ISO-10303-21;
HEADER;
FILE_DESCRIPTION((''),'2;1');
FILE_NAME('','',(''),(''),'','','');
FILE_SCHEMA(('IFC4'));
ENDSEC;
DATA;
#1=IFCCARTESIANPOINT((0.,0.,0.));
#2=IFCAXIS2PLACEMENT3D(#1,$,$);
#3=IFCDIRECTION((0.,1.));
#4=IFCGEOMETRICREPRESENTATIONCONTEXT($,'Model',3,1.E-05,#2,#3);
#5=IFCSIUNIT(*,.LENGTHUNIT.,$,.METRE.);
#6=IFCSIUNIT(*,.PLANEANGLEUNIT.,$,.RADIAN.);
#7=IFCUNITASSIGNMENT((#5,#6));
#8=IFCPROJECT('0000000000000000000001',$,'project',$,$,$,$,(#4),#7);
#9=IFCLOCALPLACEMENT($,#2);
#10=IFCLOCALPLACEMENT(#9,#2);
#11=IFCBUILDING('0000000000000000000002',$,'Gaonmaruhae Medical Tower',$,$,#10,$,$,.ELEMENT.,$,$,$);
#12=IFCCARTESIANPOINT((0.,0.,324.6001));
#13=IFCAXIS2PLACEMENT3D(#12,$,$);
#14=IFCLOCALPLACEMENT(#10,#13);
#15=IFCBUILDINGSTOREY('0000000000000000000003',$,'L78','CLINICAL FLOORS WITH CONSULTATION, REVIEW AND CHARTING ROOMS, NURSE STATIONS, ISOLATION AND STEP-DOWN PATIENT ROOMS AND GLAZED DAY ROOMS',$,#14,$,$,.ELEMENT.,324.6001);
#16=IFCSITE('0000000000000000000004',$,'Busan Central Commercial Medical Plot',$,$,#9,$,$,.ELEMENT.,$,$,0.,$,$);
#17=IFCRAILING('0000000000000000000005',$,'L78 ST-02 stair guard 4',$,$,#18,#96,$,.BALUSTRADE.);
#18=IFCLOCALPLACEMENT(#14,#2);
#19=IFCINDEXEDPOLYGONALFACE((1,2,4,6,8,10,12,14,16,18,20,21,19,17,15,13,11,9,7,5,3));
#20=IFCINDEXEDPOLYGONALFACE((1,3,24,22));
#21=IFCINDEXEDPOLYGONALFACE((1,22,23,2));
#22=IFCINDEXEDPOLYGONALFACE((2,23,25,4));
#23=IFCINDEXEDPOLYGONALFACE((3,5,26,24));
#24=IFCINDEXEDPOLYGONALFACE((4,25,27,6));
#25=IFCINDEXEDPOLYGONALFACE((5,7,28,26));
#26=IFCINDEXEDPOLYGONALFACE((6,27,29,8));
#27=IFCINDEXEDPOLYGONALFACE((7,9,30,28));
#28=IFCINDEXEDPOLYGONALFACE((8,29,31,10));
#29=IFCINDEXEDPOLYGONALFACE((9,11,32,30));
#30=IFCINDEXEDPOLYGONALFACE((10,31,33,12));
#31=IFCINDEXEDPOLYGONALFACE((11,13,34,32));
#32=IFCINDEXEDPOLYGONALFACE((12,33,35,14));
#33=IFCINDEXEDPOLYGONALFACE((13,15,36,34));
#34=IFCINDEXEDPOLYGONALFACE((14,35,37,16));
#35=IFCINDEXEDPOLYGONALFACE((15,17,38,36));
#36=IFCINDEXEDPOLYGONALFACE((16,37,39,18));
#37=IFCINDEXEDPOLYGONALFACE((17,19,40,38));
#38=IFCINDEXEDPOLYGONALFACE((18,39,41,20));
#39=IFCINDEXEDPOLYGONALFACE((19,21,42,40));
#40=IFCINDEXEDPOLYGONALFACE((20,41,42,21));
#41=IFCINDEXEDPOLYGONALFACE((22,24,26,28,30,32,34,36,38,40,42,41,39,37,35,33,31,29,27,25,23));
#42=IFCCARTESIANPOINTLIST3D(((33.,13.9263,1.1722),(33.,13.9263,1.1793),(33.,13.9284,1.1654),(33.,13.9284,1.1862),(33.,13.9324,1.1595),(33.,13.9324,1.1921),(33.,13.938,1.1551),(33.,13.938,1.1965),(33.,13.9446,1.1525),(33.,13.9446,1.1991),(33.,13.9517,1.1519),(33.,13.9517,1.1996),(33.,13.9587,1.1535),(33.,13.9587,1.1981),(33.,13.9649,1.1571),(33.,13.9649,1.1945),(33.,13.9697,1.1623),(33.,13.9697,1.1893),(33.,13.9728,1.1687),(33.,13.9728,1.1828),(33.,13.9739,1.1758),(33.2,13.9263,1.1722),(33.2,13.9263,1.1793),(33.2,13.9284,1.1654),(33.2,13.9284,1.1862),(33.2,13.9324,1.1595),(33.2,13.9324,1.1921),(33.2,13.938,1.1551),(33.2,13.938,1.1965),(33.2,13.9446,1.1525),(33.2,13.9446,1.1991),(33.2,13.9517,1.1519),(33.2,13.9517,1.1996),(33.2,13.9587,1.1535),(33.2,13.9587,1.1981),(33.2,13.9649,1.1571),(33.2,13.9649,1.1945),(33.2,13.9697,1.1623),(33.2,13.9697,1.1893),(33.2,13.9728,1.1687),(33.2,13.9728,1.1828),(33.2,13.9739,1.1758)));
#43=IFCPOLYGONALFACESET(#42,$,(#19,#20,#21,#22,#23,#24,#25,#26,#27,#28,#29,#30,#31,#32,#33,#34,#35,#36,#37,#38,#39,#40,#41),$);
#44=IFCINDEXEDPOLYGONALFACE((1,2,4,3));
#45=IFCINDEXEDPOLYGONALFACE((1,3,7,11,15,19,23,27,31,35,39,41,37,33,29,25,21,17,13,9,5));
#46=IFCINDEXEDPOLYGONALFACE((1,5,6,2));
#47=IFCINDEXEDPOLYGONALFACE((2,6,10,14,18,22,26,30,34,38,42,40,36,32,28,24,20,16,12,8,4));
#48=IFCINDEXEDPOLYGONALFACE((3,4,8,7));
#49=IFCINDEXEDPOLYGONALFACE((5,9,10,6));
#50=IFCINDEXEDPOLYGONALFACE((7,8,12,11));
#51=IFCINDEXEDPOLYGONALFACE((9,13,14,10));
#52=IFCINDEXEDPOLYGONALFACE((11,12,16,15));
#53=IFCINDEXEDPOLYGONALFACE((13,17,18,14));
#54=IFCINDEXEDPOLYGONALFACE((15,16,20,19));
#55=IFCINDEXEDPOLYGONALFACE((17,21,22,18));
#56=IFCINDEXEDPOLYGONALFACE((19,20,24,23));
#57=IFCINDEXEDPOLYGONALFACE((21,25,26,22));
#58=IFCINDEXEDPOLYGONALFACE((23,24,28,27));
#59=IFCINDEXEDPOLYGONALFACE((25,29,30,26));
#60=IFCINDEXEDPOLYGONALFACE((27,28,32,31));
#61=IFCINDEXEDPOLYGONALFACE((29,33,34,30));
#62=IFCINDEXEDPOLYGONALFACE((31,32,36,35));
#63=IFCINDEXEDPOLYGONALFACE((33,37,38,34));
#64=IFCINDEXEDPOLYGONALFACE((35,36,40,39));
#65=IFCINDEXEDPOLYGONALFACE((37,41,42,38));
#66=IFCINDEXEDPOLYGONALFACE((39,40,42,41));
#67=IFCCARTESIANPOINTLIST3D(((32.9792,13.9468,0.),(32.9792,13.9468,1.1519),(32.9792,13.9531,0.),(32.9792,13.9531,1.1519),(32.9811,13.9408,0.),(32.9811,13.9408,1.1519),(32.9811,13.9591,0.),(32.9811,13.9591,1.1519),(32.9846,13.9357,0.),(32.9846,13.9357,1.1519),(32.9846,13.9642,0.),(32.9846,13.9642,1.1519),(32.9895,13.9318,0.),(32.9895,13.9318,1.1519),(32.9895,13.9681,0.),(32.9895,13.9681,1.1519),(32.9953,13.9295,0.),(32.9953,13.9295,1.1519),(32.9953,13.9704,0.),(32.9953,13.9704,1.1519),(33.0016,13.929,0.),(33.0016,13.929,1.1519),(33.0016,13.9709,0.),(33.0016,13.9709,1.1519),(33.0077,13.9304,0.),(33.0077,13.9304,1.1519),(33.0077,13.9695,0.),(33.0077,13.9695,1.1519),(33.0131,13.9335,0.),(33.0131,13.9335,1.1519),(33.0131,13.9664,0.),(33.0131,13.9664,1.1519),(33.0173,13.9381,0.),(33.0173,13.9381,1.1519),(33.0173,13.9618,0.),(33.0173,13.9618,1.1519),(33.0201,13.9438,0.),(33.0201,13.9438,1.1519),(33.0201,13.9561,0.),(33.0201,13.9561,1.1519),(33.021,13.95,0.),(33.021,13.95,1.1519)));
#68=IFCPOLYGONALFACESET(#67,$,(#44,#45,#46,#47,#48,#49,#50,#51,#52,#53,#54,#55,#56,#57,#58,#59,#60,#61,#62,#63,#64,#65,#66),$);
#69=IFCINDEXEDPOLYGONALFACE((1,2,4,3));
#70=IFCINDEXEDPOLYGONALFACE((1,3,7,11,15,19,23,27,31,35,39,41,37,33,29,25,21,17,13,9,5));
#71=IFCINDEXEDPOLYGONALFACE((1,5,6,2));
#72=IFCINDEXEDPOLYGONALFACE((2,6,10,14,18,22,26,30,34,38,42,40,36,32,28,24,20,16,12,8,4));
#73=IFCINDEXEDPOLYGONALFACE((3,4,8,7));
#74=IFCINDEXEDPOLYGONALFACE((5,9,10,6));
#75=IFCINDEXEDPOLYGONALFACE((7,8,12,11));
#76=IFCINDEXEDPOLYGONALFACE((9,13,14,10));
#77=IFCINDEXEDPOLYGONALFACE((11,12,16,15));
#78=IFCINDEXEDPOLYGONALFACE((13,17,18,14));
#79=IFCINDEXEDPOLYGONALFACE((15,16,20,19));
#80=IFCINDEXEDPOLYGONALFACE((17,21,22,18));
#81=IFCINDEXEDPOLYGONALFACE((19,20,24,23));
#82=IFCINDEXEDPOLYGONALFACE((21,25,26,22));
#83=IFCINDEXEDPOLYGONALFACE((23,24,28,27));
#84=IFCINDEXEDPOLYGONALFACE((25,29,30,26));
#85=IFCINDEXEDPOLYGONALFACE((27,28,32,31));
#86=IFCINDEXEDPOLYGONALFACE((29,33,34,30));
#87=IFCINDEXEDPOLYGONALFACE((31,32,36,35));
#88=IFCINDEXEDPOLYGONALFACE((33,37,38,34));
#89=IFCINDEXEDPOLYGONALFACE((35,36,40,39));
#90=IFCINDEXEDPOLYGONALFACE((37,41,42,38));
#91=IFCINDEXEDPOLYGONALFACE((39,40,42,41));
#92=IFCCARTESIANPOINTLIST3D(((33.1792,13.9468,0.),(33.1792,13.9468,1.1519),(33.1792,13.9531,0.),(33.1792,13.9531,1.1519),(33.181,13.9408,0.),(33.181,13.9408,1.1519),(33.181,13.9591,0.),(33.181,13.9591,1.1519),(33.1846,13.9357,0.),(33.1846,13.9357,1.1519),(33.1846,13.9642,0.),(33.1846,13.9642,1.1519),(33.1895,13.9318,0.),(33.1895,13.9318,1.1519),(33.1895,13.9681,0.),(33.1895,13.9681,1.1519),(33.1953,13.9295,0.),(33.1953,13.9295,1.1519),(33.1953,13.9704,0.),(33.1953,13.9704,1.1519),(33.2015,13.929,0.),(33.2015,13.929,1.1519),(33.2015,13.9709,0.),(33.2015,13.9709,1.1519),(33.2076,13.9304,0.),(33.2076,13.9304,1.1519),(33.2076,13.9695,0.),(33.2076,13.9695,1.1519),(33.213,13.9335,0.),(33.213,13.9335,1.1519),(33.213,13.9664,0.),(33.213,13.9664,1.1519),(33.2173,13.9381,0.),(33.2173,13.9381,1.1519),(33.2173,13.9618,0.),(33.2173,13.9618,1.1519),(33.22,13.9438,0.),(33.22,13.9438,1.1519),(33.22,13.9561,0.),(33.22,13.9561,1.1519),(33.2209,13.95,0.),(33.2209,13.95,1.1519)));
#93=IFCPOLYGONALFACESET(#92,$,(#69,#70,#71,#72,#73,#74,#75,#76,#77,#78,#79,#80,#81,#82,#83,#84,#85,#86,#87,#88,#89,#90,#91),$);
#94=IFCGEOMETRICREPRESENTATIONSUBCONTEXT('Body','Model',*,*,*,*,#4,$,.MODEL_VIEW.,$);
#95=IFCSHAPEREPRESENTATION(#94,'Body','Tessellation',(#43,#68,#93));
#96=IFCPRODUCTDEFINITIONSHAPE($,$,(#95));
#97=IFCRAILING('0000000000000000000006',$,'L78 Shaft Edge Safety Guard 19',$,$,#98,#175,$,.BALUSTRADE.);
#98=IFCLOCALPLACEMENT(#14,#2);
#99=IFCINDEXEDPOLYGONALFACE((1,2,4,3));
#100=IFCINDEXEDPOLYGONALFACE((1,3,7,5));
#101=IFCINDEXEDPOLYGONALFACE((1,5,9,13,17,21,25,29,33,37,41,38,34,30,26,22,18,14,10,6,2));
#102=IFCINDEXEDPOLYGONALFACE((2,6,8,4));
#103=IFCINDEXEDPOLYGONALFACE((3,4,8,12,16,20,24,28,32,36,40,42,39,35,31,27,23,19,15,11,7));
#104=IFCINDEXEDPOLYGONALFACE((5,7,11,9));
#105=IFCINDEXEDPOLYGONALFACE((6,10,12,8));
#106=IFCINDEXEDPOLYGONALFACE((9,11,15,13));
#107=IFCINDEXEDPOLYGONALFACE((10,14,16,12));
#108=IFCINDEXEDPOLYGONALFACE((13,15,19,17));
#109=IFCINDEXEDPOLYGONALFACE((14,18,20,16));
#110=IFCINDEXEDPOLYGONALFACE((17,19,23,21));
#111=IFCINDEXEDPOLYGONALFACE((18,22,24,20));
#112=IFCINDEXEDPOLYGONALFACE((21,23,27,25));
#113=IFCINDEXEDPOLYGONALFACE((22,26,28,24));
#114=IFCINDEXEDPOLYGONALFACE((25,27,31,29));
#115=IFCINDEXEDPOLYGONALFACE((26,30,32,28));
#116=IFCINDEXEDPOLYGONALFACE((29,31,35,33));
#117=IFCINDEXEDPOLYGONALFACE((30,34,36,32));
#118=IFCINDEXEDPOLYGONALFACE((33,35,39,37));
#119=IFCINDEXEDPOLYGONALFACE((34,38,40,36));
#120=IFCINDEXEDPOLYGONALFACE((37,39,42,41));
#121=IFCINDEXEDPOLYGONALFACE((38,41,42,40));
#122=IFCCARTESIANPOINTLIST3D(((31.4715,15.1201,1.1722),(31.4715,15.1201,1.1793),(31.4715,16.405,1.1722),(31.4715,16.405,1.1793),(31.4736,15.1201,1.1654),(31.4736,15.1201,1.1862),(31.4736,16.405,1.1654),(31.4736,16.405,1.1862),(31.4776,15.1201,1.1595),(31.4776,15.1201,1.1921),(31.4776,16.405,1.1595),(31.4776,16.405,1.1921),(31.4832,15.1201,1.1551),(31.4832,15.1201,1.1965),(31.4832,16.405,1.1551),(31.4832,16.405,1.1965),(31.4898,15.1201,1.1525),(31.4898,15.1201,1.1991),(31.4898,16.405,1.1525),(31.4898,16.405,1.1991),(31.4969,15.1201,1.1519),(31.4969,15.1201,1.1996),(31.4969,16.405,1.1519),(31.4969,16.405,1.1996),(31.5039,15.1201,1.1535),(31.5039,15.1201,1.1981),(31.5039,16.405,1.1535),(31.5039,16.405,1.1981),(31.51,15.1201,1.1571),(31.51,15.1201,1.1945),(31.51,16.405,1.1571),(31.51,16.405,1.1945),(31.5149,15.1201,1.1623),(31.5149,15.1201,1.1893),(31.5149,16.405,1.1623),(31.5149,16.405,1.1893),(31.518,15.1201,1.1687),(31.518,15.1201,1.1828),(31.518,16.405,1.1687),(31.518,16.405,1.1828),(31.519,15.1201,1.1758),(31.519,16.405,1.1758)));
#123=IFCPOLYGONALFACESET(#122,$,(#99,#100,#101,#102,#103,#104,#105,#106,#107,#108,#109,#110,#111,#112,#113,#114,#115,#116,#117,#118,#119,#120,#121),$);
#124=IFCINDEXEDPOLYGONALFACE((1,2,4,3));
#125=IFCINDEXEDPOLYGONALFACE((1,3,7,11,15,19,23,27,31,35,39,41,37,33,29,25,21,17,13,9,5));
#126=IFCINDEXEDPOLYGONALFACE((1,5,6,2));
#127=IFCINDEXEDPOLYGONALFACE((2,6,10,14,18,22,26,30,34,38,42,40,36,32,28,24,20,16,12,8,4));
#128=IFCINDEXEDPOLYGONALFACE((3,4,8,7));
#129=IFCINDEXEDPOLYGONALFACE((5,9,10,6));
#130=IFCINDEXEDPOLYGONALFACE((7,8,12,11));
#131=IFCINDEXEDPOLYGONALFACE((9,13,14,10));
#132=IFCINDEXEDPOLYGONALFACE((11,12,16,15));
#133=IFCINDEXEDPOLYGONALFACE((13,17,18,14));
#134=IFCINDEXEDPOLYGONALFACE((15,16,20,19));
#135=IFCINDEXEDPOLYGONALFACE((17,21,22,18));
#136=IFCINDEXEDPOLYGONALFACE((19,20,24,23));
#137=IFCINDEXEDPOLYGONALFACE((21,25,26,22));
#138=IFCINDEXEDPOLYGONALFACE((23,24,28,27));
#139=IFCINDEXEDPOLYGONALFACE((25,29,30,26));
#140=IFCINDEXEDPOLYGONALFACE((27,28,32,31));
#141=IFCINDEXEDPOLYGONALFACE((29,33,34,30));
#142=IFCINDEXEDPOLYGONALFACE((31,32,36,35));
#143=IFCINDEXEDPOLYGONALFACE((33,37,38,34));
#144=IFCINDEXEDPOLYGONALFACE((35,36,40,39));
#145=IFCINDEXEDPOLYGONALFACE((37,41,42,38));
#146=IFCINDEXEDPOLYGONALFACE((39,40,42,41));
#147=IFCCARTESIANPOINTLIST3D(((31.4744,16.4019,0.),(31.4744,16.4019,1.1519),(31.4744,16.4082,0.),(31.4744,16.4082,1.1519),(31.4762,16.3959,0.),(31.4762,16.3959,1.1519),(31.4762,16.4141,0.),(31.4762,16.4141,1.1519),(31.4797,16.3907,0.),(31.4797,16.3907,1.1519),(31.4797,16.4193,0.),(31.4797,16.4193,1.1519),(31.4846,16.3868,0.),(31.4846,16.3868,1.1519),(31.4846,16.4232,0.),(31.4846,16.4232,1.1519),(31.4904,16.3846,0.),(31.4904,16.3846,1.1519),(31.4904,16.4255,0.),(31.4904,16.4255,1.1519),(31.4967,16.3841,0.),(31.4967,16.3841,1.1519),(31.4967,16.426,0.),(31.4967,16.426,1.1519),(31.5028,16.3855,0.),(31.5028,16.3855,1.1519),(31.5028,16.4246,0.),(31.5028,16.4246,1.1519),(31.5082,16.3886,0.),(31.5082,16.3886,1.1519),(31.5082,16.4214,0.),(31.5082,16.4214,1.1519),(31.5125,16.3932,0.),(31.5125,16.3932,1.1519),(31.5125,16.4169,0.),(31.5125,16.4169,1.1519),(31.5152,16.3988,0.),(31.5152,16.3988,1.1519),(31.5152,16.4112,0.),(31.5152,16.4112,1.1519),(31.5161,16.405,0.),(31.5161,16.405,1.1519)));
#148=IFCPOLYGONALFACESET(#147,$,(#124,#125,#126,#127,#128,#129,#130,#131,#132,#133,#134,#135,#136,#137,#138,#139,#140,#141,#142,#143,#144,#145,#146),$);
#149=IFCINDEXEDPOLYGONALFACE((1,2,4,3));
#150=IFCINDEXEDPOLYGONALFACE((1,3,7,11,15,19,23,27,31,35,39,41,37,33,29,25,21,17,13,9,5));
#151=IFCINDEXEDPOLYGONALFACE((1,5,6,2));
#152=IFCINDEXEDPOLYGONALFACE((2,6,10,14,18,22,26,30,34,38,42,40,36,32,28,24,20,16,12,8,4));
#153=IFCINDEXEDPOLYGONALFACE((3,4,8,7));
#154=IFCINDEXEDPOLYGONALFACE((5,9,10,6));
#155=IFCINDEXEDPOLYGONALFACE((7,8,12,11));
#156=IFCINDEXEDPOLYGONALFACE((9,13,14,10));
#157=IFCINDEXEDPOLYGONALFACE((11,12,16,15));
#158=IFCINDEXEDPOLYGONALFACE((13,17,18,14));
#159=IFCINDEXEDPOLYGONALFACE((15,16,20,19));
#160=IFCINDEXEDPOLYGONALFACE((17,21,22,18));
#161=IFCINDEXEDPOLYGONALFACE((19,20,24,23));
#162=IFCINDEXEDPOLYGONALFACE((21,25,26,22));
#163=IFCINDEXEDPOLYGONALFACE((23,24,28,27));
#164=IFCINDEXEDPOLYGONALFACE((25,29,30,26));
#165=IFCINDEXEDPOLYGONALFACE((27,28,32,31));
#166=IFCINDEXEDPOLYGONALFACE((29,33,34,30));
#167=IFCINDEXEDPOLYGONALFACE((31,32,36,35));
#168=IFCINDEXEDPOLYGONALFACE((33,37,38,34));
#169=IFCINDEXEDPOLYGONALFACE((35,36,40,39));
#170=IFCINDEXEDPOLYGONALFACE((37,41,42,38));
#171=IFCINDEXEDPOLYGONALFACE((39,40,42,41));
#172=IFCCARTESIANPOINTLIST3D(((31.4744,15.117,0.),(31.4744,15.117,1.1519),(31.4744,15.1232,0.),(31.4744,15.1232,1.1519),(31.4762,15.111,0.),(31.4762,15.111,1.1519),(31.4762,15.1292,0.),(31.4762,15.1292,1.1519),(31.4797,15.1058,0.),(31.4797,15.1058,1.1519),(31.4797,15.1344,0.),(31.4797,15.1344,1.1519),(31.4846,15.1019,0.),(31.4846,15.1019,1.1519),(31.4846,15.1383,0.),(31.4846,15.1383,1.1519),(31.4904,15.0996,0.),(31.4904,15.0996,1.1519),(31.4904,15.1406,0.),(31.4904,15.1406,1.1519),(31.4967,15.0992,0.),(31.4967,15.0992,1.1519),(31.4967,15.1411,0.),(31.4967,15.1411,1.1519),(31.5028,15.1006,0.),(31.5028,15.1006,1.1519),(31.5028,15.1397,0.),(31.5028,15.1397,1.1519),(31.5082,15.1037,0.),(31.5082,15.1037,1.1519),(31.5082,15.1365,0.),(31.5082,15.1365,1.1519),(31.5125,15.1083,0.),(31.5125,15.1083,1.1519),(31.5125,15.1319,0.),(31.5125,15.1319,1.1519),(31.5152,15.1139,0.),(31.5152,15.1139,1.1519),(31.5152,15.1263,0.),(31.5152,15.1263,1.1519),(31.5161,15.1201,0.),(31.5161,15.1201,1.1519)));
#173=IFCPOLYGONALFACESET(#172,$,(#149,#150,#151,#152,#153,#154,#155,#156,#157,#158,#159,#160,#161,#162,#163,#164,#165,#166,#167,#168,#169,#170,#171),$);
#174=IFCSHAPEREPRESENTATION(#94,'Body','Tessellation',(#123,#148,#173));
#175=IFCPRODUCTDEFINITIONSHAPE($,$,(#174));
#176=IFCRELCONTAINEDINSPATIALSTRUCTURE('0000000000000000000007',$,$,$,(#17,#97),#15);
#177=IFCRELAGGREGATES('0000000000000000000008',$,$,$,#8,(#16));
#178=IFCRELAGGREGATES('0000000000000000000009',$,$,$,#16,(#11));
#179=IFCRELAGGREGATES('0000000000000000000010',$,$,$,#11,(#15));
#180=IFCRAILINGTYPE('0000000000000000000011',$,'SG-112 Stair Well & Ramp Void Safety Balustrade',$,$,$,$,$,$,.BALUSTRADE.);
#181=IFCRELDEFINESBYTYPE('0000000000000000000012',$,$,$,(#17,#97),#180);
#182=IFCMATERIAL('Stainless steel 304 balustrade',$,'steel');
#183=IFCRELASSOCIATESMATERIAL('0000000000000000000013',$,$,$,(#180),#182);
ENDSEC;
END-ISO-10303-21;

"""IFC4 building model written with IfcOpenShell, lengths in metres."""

from ifc_helpers import new_model, si_unit, direction, frame, origin, origin_2d, place, context, subcontext, project, spatial, circle, extrude, material, type_object, element, save


model = new_model("IFC4")

# Units and contexts
model_context = context("Model", 3, precision=1e-05, world=origin(), true_north=direction((0.0, 1.0)))
body_context = subcontext(model_context, "Body", "Model", "MODEL_VIEW")
ifc_project = project(units=[si_unit("LENGTHUNIT", "METRE"), si_unit("PLANEANGLEUNIT", "RADIAN")], contexts=[model_context])

# Site, building, storey
site_placement = place(None, origin())
site = spatial("IfcSite", under=ifc_project, at=site_placement, Name="Busan Central Commercial Medical Plot", CompositionType="ELEMENT", RefElevation=0.0)
building_placement = place(site_placement, origin())
building = spatial("IfcBuilding", under=site, at=building_placement, Name="Gaonmaruhae Medical Tower", CompositionType="ELEMENT")
storey_placement = place(building_placement, frame((0.0, 0.0, 324.6001)))
storey = spatial("IfcBuildingStorey", under=building, at=storey_placement, Name="L78", Description="CLINICAL FLOORS WITH CONSULTATION, REVIEW AND CHARTING ROOMS, NURSE STATIONS, ISOLATION AND STEP-DOWN PATIENT ROOMS AND GLAZED DAY ROOMS", CompositionType="ELEMENT", Elevation=324.6001)

# Railings
ifc_material_1 = material(Name="Stainless steel 304 balustrade", Category="steel")
railing_type_1 = type_object("IfcRailingType", Name="SG-112 Stair Well & Ramp Void Safety Balustrade", PredefinedType="BALUSTRADE", material=ifc_material_1)
railing_1_placement = place(storey_placement, frame((33.0, 13.95, 0.0)))
element("IfcRailing", 1, at=railing_1_placement, inside=storey, type_object=railing_type_1, Name="L78 ST-02 stair guard 4", PredefinedType="BALUSTRADE", context=body_context, shape_type="SweptSolid", body=[
    extrude(circle(Radius=0.0239, at=origin_2d()), frame((0.0, 0.0, 1.1758), z_axis=(1.0, 0.0, 0.0), x_axis=(0.0, 1.0, 0.0)), (0.0, 0.0, 1.0), 0.2),
    extrude(circle(Radius=0.021, at=origin_2d()), origin(), (0.0, 0.0, 1.0), 1.1519),
    extrude(circle(Radius=0.021, at=origin_2d()), frame((0.2, 0.0, 0.0)), (0.0, 0.0, 1.0), 1.1519),
])
railing_2_placement = place(storey_placement, frame((31.4951, 16.405, 0.0)))
element("IfcRailing", 2, at=railing_2_placement, inside=storey, type_object=railing_type_1, Name="L78 Shaft Edge Safety Guard 19", PredefinedType="BALUSTRADE", context=body_context, shape_type="SweptSolid", body=[
    extrude(circle(Radius=0.0239, at=origin_2d()), frame((0.0, 0.0, 1.1758), z_axis=(0.0, -1.0, 0.0), x_axis=(1.0, 0.0, 0.0)), (0.0, 0.0, 1.0), 1.2849),
    extrude(circle(Radius=0.021, at=origin_2d()), origin(), (0.0, 0.0, 1.0), 1.1519),
    extrude(circle(Radius=0.021, at=origin_2d()), frame((0.0, -1.2849, 0.0)), (0.0, 0.0, 1.0), 1.1519),
])

save(model, "model.ifc")
